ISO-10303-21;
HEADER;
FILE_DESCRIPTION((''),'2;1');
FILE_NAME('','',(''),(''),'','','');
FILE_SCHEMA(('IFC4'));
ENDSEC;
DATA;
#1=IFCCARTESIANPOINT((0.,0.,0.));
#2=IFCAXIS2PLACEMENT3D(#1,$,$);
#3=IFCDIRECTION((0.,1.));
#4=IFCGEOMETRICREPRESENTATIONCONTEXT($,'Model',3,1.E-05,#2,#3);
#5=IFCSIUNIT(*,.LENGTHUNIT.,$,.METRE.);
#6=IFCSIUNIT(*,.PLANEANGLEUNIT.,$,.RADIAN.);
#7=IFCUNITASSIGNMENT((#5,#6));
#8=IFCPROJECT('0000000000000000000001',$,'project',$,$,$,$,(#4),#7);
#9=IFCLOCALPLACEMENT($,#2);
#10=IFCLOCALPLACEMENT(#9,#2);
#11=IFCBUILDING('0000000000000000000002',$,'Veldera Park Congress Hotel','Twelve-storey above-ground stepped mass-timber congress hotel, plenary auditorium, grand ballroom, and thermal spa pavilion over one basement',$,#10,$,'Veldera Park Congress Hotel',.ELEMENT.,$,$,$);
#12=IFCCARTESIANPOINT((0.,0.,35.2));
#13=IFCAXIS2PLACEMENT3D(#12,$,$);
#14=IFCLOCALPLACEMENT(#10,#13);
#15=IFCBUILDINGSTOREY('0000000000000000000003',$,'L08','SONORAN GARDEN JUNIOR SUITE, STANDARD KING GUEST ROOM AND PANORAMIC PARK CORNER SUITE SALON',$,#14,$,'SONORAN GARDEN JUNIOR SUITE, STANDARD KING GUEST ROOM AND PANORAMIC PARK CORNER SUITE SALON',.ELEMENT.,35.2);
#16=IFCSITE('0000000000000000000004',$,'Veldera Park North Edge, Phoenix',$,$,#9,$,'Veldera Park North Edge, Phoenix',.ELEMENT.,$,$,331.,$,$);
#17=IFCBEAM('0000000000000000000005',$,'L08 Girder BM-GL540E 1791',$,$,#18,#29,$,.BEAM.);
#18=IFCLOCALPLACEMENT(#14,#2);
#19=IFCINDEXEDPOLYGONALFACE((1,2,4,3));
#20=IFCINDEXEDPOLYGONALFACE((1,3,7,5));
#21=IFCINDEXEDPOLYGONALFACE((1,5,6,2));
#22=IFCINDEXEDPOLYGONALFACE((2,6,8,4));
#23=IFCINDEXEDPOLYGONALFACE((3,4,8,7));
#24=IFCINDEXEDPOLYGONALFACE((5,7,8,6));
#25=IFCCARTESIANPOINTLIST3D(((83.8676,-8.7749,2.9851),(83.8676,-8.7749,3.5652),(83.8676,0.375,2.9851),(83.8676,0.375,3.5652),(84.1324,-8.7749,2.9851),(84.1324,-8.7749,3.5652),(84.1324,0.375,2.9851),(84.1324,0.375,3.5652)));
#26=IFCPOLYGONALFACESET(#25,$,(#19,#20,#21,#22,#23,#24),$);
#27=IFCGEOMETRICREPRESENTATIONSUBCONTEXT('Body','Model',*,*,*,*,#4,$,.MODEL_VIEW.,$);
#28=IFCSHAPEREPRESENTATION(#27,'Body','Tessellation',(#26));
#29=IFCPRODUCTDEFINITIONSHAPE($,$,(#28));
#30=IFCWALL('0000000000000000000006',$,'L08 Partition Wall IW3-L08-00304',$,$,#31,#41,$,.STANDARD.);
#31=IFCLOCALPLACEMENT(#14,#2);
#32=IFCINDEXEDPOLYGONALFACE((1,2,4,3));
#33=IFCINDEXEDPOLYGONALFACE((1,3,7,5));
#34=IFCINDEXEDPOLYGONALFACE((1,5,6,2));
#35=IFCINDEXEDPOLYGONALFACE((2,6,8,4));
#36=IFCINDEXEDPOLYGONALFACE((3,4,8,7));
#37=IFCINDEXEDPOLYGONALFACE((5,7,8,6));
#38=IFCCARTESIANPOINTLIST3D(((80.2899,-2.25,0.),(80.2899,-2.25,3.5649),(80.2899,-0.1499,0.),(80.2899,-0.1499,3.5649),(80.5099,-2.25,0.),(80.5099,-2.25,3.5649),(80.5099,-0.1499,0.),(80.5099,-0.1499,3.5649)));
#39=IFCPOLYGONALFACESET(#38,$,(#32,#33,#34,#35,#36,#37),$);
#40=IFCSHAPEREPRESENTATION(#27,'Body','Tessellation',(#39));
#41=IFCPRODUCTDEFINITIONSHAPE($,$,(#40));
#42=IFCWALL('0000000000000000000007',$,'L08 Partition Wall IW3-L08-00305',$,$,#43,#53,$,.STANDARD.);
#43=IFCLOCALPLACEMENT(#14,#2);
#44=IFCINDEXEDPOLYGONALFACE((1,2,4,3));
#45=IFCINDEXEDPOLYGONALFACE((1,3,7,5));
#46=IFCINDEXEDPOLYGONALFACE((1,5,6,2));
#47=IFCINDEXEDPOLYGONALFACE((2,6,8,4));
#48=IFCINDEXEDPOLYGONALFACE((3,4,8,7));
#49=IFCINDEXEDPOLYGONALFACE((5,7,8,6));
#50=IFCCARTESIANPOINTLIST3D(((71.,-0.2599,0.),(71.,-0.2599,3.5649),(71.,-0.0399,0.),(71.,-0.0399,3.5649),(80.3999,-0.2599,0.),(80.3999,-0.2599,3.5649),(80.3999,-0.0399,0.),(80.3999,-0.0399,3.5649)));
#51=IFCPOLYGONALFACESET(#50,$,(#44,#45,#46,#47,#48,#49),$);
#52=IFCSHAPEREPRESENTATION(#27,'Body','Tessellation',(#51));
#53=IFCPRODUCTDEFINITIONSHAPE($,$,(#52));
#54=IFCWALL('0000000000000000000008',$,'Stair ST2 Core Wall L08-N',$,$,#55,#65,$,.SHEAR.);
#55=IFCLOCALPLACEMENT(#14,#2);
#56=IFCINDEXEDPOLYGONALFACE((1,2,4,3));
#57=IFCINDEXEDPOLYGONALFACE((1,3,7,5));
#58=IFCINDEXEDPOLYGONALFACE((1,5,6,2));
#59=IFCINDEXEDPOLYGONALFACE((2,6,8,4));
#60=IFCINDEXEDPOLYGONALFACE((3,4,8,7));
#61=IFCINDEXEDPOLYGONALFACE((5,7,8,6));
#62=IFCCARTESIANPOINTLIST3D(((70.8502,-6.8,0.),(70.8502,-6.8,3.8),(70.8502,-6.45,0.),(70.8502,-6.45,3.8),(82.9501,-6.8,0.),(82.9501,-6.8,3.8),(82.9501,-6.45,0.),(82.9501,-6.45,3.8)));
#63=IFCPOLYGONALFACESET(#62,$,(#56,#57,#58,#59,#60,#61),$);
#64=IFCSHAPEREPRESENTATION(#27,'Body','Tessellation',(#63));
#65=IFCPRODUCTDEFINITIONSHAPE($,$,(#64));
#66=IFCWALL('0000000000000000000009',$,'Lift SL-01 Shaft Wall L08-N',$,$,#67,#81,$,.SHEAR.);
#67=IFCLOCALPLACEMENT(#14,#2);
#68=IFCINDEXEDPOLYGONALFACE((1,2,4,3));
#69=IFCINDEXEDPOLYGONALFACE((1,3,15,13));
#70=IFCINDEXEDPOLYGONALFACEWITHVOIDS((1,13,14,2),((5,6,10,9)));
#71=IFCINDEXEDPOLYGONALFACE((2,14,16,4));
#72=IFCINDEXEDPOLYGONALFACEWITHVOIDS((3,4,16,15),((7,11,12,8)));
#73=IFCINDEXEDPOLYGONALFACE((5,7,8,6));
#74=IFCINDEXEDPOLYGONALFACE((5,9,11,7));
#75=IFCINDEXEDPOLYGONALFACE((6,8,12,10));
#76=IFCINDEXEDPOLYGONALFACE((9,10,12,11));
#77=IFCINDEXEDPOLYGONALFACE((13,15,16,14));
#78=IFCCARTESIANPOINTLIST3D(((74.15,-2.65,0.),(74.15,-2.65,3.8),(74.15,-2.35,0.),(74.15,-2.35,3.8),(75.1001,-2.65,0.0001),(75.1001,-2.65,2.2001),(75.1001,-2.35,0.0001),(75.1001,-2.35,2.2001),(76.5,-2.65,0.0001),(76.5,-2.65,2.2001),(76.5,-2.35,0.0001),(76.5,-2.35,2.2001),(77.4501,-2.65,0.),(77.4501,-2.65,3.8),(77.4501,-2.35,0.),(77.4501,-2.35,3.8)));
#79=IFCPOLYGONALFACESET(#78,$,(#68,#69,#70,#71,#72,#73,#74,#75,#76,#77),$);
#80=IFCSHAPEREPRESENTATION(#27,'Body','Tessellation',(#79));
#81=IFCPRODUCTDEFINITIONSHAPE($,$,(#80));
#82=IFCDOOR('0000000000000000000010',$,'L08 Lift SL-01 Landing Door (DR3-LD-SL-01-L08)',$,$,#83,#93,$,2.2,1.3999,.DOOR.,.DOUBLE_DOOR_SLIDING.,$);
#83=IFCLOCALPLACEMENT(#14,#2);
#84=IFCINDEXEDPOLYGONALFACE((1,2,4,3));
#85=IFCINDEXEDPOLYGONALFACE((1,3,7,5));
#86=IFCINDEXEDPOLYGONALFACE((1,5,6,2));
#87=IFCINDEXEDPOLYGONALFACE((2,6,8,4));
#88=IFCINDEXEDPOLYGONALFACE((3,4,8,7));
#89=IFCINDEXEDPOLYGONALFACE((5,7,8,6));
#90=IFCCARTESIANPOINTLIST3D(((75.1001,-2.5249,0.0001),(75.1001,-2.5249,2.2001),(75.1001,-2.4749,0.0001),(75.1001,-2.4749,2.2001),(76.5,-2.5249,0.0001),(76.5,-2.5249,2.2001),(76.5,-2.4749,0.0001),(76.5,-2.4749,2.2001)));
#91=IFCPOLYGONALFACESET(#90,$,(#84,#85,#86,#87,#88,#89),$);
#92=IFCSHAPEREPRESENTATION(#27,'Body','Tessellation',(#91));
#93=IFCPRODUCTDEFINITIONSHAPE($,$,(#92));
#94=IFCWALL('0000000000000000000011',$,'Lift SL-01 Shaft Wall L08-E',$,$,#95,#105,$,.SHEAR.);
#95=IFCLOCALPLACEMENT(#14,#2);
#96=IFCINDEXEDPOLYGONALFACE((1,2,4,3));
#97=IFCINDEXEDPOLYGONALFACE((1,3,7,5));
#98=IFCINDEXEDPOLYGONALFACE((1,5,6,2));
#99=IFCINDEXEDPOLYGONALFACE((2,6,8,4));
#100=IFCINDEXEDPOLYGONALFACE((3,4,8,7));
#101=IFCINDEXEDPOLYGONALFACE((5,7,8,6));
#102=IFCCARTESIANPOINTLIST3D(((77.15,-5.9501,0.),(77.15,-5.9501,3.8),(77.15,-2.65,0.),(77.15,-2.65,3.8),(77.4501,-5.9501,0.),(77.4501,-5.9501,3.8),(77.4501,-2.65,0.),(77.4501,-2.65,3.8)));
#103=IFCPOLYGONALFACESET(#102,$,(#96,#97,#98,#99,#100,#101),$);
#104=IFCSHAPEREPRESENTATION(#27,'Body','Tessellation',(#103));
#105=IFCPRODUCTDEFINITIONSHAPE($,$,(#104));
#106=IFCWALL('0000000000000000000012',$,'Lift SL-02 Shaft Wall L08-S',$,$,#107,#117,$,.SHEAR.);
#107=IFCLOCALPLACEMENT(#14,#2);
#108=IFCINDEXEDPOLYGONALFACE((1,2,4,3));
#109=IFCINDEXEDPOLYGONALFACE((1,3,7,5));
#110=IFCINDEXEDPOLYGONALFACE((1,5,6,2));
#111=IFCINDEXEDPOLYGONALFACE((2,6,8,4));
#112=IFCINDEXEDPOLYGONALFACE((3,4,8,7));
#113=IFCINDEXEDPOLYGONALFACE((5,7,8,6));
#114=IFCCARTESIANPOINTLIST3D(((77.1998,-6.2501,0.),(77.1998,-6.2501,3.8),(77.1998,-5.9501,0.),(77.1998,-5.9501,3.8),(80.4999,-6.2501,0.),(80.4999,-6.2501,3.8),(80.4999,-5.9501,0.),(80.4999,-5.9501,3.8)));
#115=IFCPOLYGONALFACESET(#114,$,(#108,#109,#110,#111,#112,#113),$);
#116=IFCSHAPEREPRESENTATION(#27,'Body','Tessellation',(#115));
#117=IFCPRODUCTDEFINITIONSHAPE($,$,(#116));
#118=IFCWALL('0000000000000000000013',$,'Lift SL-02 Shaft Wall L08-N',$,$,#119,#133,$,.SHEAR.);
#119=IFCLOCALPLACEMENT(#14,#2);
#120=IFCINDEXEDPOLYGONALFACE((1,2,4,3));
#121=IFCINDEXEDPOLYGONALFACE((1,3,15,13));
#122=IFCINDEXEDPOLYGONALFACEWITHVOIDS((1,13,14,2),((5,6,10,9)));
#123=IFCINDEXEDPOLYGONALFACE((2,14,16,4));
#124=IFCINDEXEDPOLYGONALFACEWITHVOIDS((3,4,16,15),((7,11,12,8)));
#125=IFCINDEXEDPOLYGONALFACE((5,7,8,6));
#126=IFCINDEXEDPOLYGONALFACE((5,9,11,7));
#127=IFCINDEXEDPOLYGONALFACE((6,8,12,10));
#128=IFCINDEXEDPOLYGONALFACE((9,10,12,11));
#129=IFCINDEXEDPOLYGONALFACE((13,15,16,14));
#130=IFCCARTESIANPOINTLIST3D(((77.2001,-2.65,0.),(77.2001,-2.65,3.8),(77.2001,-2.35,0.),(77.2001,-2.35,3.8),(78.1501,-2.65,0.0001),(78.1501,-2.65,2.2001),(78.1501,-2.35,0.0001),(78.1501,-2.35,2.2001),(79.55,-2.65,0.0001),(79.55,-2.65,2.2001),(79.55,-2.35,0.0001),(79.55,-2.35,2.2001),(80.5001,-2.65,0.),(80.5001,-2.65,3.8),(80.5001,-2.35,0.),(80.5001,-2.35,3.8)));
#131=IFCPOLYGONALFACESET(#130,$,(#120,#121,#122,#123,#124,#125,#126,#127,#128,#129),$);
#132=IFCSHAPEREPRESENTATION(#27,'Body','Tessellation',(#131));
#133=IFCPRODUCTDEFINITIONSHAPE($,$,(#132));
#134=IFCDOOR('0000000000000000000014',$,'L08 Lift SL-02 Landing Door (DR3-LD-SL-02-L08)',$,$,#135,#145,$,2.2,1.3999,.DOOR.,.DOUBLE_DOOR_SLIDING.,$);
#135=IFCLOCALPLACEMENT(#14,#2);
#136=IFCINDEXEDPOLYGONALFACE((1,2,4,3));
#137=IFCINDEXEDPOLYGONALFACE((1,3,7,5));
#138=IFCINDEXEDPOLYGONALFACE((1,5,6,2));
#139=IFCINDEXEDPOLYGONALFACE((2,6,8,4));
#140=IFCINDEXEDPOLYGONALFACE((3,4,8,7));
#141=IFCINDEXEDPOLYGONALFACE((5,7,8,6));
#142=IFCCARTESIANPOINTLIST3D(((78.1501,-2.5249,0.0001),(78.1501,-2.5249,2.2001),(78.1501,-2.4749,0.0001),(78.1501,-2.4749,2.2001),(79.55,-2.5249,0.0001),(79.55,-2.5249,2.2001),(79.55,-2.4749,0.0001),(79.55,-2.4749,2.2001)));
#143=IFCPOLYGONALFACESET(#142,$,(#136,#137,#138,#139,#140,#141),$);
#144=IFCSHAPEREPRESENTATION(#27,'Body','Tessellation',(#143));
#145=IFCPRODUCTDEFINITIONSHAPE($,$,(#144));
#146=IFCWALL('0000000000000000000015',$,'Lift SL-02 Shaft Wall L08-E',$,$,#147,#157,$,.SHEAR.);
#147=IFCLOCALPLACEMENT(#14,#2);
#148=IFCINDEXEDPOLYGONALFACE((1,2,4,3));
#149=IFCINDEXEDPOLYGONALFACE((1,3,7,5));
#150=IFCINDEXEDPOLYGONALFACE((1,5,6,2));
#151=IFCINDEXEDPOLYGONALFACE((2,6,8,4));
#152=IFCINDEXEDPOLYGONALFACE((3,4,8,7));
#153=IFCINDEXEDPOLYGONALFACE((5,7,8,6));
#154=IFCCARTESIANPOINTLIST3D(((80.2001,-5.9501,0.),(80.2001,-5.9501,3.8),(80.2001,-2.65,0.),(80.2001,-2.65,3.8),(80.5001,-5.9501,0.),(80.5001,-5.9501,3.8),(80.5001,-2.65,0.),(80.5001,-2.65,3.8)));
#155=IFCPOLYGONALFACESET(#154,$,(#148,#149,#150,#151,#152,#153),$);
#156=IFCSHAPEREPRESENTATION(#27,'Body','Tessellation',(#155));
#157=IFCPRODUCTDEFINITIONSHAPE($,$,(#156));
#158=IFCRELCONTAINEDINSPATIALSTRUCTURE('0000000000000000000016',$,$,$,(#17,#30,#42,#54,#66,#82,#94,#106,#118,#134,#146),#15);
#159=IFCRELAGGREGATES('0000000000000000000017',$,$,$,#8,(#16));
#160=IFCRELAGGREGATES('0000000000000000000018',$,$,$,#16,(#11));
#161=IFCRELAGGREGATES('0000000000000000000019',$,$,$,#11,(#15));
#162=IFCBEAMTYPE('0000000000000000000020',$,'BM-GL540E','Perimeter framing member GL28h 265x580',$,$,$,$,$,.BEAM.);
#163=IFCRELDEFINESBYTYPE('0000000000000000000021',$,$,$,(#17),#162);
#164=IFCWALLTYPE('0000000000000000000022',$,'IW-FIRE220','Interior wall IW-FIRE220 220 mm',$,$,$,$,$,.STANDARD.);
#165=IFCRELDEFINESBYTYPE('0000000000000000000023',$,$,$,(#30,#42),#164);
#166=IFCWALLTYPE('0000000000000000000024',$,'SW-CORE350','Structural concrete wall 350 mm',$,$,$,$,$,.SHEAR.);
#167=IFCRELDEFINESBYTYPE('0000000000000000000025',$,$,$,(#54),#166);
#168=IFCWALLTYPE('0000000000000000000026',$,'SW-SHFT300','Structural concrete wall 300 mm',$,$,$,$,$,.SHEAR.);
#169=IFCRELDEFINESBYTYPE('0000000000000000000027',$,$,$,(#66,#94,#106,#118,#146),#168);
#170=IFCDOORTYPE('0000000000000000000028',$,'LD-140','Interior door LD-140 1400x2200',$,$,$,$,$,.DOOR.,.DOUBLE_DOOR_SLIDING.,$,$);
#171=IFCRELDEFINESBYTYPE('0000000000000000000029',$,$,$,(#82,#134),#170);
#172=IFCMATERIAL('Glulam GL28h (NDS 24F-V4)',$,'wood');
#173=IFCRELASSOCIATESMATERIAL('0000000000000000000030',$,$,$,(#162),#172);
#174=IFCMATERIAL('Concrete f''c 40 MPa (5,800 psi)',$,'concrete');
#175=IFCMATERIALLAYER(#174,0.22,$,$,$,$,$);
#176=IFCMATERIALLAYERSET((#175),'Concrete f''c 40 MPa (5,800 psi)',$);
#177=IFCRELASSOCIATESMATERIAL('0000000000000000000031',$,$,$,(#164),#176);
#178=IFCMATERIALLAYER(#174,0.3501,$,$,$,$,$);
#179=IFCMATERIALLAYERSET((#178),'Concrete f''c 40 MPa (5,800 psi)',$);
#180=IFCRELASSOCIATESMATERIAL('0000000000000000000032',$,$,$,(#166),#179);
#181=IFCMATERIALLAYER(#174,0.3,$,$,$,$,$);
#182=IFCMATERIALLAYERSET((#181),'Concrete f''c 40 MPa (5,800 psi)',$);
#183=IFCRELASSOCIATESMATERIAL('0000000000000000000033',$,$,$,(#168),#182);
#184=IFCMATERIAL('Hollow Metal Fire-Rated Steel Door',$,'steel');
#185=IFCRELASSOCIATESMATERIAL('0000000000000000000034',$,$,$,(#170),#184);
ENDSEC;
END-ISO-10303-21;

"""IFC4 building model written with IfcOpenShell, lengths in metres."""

from ifc_helpers import new_model, si_unit, direction, frame, frame_2d, origin, origin_2d, place, context, subcontext, project, spatial, rectangle, extrude, material, layer, layer_set, material_profile, profile_set, type_object, element, fill, save


model = new_model("IFC4")

# Units and contexts
model_context = context("Model", 3, precision=1e-05, world=origin(), true_north=direction((0.0, 1.0)))
body_context = subcontext(model_context, "Body", "Model", "MODEL_VIEW")
ifc_project = project(units=[si_unit("LENGTHUNIT", "METRE"), si_unit("PLANEANGLEUNIT", "RADIAN")], contexts=[model_context])

# Site, building, storey
site_placement = place(None, origin())
site = spatial("IfcSite", under=ifc_project, at=site_placement, Name="Veldera Park North Edge, Phoenix", LongName="Veldera Park North Edge, Phoenix", CompositionType="ELEMENT", RefElevation=331.0)
building_placement = place(site_placement, origin())
building = spatial("IfcBuilding", under=site, at=building_placement, Name="Veldera Park Congress Hotel", Description="Twelve-storey above-ground stepped mass-timber congress hotel, plenary auditorium, grand ballroom, and thermal spa pavilion over one basement", LongName="Veldera Park Congress Hotel", CompositionType="ELEMENT")
storey_placement = place(building_placement, frame((0.0, 0.0, 35.2)))
storey = spatial("IfcBuildingStorey", under=building, at=storey_placement, Name="L08", Description="SONORAN GARDEN JUNIOR SUITE, STANDARD KING GUEST ROOM AND PANORAMIC PARK CORNER SUITE SALON", LongName="SONORAN GARDEN JUNIOR SUITE, STANDARD KING GUEST ROOM AND PANORAMIC PARK CORNER SUITE SALON", CompositionType="ELEMENT", Elevation=35.2)

# Beam
ifc_material_1 = material(Name="Glulam GL28h (NDS 24F-V4)", Category="wood")
ifc_material_profile = material_profile(ifc_material_1, rectangle(XDim=0.2649, YDim=0.5801, at=origin_2d()), Name="GL28h 265x580")
ifc_profile_set = profile_set([ifc_material_profile], Name="Glulam GL28h (NDS 24F-V4)")
beam_type = type_object("IfcBeamType", Name="BM-GL540E", Description="Perimeter framing member GL28h 265x580", PredefinedType="BEAM", material=ifc_profile_set)
beam_placement = place(storey_placement, frame((84.0, -8.7749, 3.2751), z_axis=(0.0, 1.0, 0.0), x_axis=(-1.0, 0.0, 0.0)))
element("IfcBeam", 1, at=beam_placement, inside=storey, type_object=beam_type, Name="L08 Girder BM-GL540E 1791", PredefinedType="BEAM", context=body_context, shape_type="SweptSolid", body=[
    extrude(rectangle(XDim=0.2649, YDim=0.5801, at=origin_2d()), origin(), (0.0, 0.0, 1.0), 9.1499),
])

# Walls
ifc_material_2 = material(Name="Concrete f'c 40 MPa (5,800 psi)", Category="concrete")
ifc_layer_1 = layer(ifc_material_2, 0.22)
ifc_layer_set_1 = layer_set([ifc_layer_1], Name="Concrete f'c 40 MPa (5,800 psi)")
wall_type_1 = type_object("IfcWallType", Name="IW-FIRE220", Description="Interior wall IW-FIRE220 220 mm", PredefinedType="STANDARD", material=ifc_layer_set_1)
wall_1_placement = place(storey_placement, frame((80.3999, -2.25, 0.0), z_axis=(0.0, 0.0, 1.0), x_axis=(0.0, 1.0, 0.0)))
element("IfcWall", 2, at=wall_1_placement, inside=storey, type_object=wall_type_1, Name="L08 Partition Wall IW3-L08-00304", PredefinedType="STANDARD", context=body_context, shape_type="SweptSolid", body=[
    extrude(rectangle(XDim=2.1001, YDim=0.22, at=frame_2d((1.05, 0.0))), origin(), (0.0, 0.0, 1.0), 3.5649),
])
wall_2_placement = place(storey_placement, frame((80.3999, -0.1499, 0.0), z_axis=(0.0, 0.0, 1.0), x_axis=(-1.0, 0.0, 0.0)))
element("IfcWall", 3, at=wall_2_placement, inside=storey, type_object=wall_type_1, Name="L08 Partition Wall IW3-L08-00305", PredefinedType="STANDARD", context=body_context, shape_type="SweptSolid", body=[
    extrude(rectangle(XDim=9.3999, YDim=0.22, at=frame_2d((4.7, 0.0))), origin(), (0.0, 0.0, 1.0), 3.5649),
])
ifc_layer_2 = layer(ifc_material_2, 0.3501)
ifc_layer_set_2 = layer_set([ifc_layer_2], Name="Concrete f'c 40 MPa (5,800 psi)")
wall_type_2 = type_object("IfcWallType", Name="SW-CORE350", Description="Structural concrete wall 350 mm", PredefinedType="SHEAR", material=ifc_layer_set_2)
wall_3_placement = place(storey_placement, frame((82.95, -6.625, 0.0), z_axis=(0.0, 0.0, 1.0), x_axis=(-1.0, 0.0, 0.0)))
element("IfcWall", 4, at=wall_3_placement, inside=storey, type_object=wall_type_2, Name="Stair ST2 Core Wall L08-N", PredefinedType="SHEAR", context=body_context, shape_type="SweptSolid", body=[
    extrude(rectangle(XDim=12.0999, YDim=0.3501, at=frame_2d((6.0498, 0.0))), origin(), (0.0, 0.0, 1.0), 3.8),
])

# Wall, opening, door
ifc_layer_3 = layer(ifc_material_2, 0.3)
ifc_layer_set_3 = layer_set([ifc_layer_3], Name="Concrete f'c 40 MPa (5,800 psi)")
wall_type_3 = type_object("IfcWallType", Name="SW-SHFT300", Description="Structural concrete wall 300 mm", PredefinedType="SHEAR", material=ifc_layer_set_3)
wall_4_placement = place(storey_placement, frame((77.45, -2.5, 0.0), z_axis=(0.0, 0.0, 1.0), x_axis=(-1.0, 0.0, 0.0)))
wall_4 = element("IfcWall", 5, at=wall_4_placement, inside=storey, type_object=wall_type_3, Name="Lift SL-01 Shaft Wall L08-N", PredefinedType="SHEAR", context=body_context, shape_type="SweptSolid", body=[
    extrude(rectangle(XDim=3.3, YDim=0.3, at=frame_2d((1.6499, 0.0))), origin(), (0.0, 0.0, 1.0), 3.8),
])
opening_1_placement = place(wall_4_placement, frame((0.95, 0.0, 0.0)))
opening_1 = element("IfcOpeningElement", 6, at=opening_1_placement, cuts=wall_4, PredefinedType="OPENING", context=body_context, shape_type="SweptSolid", body=[
    extrude(rectangle(XDim=1.3999, YDim=2.2, at=frame_2d((0.7, 1.1001))), frame((0.0, 0.1621, 0.0), z_axis=(0.0, -1.0, 0.0), x_axis=(1.0, 0.0, 0.0)), (0.0, 0.0, 1.0), 0.324),
])
ifc_material_3 = material(Name="Hollow Metal Fire-Rated Steel Door", Category="steel")
door_type = type_object("IfcDoorType", Name="LD-140", Description="Interior door LD-140 1400x2200", OperationType="DOUBLE_DOOR_SLIDING", PredefinedType="DOOR", material=ifc_material_3)
door_1_placement = place(opening_1_placement, origin())
door_1 = element("IfcDoor", 7, at=door_1_placement, inside=storey, type_object=door_type, Name="L08 Lift SL-01 Landing Door (DR3-LD-SL-01-L08)", OperationType="DOUBLE_DOOR_SLIDING", OverallHeight=2.2, OverallWidth=1.3999, PredefinedType="DOOR", context=body_context, shape_type="SweptSolid", body=[
    extrude(rectangle(XDim=1.3999, YDim=2.2, at=frame_2d((0.7, 1.1001))), frame((0.0, 0.0249, 0.0), z_axis=(0.0, -1.0, 0.0), x_axis=(1.0, 0.0, 0.0)), (0.0, 0.0, 1.0), 0.05),
])
fill(opening_1, door_1)

# Walls
for number, where, z_axis, x_axis, name in (
    (8, (77.3, -5.95, 0.0), (0.0, 0.0, 1.0), (0.0, 1.0, 0.0), "Lift SL-01 Shaft Wall L08-E"),
    (9, (77.2, -6.1001, 0.0), (0.0, 0.0, 1.0), (1.0, 0.0, 0.0), "Lift SL-02 Shaft Wall L08-S"),
):
    element("IfcWall", number, at=place(storey_placement, frame(where, z_axis=z_axis, x_axis=x_axis)), inside=storey, type_object=wall_type_3, Name=name, PredefinedType="SHEAR", context=body_context, shape_type="SweptSolid", body=[
        extrude(rectangle(XDim=3.3, YDim=0.3, at=frame_2d((1.6499, 0.0))), origin(), (0.0, 0.0, 1.0), 3.8),
    ])

# Wall, opening, door
wall_5_placement = place(storey_placement, frame((80.5, -2.5, 0.0), z_axis=(0.0, 0.0, 1.0), x_axis=(-1.0, 0.0, 0.0)))
wall_5 = element("IfcWall", 10, at=wall_5_placement, inside=storey, type_object=wall_type_3, Name="Lift SL-02 Shaft Wall L08-N", PredefinedType="SHEAR", context=body_context, shape_type="SweptSolid", body=[
    extrude(rectangle(XDim=3.3, YDim=0.3, at=frame_2d((1.6499, 0.0))), origin(), (0.0, 0.0, 1.0), 3.8),
])
opening_2_placement = place(wall_5_placement, frame((0.95, 0.0, 0.0)))
opening_2 = element("IfcOpeningElement", 11, at=opening_2_placement, cuts=wall_5, PredefinedType="OPENING", context=body_context, shape_type="SweptSolid", body=[
    extrude(rectangle(XDim=1.3999, YDim=2.2, at=frame_2d((0.7, 1.1001))), frame((0.0, 0.1621, 0.0), z_axis=(0.0, -1.0, 0.0), x_axis=(1.0, 0.0, 0.0)), (0.0, 0.0, 1.0), 0.324),
])
door_2_placement = place(opening_2_placement, origin())
door_2 = element("IfcDoor", 12, at=door_2_placement, inside=storey, type_object=door_type, Name="L08 Lift SL-02 Landing Door (DR3-LD-SL-02-L08)", OperationType="DOUBLE_DOOR_SLIDING", OverallHeight=2.2, OverallWidth=1.3999, PredefinedType="DOOR", context=body_context, shape_type="SweptSolid", body=[
    extrude(rectangle(XDim=1.3999, YDim=2.2, at=frame_2d((0.7, 1.1001))), frame((0.0, 0.0249, 0.0), z_axis=(0.0, -1.0, 0.0), x_axis=(1.0, 0.0, 0.0)), (0.0, 0.0, 1.0), 0.05),
])
fill(opening_2, door_2)

# Wall
wall_6_placement = place(storey_placement, frame((80.3501, -5.95, 0.0), z_axis=(0.0, 0.0, 1.0), x_axis=(0.0, 1.0, 0.0)))
element("IfcWall", 13, at=wall_6_placement, inside=storey, type_object=wall_type_3, Name="Lift SL-02 Shaft Wall L08-E", PredefinedType="SHEAR", context=body_context, shape_type="SweptSolid", body=[
    extrude(rectangle(XDim=3.3, YDim=0.3, at=frame_2d((1.6499, 0.0))), origin(), (0.0, 0.0, 1.0), 3.8),
])

save(model, "model.ifc")
